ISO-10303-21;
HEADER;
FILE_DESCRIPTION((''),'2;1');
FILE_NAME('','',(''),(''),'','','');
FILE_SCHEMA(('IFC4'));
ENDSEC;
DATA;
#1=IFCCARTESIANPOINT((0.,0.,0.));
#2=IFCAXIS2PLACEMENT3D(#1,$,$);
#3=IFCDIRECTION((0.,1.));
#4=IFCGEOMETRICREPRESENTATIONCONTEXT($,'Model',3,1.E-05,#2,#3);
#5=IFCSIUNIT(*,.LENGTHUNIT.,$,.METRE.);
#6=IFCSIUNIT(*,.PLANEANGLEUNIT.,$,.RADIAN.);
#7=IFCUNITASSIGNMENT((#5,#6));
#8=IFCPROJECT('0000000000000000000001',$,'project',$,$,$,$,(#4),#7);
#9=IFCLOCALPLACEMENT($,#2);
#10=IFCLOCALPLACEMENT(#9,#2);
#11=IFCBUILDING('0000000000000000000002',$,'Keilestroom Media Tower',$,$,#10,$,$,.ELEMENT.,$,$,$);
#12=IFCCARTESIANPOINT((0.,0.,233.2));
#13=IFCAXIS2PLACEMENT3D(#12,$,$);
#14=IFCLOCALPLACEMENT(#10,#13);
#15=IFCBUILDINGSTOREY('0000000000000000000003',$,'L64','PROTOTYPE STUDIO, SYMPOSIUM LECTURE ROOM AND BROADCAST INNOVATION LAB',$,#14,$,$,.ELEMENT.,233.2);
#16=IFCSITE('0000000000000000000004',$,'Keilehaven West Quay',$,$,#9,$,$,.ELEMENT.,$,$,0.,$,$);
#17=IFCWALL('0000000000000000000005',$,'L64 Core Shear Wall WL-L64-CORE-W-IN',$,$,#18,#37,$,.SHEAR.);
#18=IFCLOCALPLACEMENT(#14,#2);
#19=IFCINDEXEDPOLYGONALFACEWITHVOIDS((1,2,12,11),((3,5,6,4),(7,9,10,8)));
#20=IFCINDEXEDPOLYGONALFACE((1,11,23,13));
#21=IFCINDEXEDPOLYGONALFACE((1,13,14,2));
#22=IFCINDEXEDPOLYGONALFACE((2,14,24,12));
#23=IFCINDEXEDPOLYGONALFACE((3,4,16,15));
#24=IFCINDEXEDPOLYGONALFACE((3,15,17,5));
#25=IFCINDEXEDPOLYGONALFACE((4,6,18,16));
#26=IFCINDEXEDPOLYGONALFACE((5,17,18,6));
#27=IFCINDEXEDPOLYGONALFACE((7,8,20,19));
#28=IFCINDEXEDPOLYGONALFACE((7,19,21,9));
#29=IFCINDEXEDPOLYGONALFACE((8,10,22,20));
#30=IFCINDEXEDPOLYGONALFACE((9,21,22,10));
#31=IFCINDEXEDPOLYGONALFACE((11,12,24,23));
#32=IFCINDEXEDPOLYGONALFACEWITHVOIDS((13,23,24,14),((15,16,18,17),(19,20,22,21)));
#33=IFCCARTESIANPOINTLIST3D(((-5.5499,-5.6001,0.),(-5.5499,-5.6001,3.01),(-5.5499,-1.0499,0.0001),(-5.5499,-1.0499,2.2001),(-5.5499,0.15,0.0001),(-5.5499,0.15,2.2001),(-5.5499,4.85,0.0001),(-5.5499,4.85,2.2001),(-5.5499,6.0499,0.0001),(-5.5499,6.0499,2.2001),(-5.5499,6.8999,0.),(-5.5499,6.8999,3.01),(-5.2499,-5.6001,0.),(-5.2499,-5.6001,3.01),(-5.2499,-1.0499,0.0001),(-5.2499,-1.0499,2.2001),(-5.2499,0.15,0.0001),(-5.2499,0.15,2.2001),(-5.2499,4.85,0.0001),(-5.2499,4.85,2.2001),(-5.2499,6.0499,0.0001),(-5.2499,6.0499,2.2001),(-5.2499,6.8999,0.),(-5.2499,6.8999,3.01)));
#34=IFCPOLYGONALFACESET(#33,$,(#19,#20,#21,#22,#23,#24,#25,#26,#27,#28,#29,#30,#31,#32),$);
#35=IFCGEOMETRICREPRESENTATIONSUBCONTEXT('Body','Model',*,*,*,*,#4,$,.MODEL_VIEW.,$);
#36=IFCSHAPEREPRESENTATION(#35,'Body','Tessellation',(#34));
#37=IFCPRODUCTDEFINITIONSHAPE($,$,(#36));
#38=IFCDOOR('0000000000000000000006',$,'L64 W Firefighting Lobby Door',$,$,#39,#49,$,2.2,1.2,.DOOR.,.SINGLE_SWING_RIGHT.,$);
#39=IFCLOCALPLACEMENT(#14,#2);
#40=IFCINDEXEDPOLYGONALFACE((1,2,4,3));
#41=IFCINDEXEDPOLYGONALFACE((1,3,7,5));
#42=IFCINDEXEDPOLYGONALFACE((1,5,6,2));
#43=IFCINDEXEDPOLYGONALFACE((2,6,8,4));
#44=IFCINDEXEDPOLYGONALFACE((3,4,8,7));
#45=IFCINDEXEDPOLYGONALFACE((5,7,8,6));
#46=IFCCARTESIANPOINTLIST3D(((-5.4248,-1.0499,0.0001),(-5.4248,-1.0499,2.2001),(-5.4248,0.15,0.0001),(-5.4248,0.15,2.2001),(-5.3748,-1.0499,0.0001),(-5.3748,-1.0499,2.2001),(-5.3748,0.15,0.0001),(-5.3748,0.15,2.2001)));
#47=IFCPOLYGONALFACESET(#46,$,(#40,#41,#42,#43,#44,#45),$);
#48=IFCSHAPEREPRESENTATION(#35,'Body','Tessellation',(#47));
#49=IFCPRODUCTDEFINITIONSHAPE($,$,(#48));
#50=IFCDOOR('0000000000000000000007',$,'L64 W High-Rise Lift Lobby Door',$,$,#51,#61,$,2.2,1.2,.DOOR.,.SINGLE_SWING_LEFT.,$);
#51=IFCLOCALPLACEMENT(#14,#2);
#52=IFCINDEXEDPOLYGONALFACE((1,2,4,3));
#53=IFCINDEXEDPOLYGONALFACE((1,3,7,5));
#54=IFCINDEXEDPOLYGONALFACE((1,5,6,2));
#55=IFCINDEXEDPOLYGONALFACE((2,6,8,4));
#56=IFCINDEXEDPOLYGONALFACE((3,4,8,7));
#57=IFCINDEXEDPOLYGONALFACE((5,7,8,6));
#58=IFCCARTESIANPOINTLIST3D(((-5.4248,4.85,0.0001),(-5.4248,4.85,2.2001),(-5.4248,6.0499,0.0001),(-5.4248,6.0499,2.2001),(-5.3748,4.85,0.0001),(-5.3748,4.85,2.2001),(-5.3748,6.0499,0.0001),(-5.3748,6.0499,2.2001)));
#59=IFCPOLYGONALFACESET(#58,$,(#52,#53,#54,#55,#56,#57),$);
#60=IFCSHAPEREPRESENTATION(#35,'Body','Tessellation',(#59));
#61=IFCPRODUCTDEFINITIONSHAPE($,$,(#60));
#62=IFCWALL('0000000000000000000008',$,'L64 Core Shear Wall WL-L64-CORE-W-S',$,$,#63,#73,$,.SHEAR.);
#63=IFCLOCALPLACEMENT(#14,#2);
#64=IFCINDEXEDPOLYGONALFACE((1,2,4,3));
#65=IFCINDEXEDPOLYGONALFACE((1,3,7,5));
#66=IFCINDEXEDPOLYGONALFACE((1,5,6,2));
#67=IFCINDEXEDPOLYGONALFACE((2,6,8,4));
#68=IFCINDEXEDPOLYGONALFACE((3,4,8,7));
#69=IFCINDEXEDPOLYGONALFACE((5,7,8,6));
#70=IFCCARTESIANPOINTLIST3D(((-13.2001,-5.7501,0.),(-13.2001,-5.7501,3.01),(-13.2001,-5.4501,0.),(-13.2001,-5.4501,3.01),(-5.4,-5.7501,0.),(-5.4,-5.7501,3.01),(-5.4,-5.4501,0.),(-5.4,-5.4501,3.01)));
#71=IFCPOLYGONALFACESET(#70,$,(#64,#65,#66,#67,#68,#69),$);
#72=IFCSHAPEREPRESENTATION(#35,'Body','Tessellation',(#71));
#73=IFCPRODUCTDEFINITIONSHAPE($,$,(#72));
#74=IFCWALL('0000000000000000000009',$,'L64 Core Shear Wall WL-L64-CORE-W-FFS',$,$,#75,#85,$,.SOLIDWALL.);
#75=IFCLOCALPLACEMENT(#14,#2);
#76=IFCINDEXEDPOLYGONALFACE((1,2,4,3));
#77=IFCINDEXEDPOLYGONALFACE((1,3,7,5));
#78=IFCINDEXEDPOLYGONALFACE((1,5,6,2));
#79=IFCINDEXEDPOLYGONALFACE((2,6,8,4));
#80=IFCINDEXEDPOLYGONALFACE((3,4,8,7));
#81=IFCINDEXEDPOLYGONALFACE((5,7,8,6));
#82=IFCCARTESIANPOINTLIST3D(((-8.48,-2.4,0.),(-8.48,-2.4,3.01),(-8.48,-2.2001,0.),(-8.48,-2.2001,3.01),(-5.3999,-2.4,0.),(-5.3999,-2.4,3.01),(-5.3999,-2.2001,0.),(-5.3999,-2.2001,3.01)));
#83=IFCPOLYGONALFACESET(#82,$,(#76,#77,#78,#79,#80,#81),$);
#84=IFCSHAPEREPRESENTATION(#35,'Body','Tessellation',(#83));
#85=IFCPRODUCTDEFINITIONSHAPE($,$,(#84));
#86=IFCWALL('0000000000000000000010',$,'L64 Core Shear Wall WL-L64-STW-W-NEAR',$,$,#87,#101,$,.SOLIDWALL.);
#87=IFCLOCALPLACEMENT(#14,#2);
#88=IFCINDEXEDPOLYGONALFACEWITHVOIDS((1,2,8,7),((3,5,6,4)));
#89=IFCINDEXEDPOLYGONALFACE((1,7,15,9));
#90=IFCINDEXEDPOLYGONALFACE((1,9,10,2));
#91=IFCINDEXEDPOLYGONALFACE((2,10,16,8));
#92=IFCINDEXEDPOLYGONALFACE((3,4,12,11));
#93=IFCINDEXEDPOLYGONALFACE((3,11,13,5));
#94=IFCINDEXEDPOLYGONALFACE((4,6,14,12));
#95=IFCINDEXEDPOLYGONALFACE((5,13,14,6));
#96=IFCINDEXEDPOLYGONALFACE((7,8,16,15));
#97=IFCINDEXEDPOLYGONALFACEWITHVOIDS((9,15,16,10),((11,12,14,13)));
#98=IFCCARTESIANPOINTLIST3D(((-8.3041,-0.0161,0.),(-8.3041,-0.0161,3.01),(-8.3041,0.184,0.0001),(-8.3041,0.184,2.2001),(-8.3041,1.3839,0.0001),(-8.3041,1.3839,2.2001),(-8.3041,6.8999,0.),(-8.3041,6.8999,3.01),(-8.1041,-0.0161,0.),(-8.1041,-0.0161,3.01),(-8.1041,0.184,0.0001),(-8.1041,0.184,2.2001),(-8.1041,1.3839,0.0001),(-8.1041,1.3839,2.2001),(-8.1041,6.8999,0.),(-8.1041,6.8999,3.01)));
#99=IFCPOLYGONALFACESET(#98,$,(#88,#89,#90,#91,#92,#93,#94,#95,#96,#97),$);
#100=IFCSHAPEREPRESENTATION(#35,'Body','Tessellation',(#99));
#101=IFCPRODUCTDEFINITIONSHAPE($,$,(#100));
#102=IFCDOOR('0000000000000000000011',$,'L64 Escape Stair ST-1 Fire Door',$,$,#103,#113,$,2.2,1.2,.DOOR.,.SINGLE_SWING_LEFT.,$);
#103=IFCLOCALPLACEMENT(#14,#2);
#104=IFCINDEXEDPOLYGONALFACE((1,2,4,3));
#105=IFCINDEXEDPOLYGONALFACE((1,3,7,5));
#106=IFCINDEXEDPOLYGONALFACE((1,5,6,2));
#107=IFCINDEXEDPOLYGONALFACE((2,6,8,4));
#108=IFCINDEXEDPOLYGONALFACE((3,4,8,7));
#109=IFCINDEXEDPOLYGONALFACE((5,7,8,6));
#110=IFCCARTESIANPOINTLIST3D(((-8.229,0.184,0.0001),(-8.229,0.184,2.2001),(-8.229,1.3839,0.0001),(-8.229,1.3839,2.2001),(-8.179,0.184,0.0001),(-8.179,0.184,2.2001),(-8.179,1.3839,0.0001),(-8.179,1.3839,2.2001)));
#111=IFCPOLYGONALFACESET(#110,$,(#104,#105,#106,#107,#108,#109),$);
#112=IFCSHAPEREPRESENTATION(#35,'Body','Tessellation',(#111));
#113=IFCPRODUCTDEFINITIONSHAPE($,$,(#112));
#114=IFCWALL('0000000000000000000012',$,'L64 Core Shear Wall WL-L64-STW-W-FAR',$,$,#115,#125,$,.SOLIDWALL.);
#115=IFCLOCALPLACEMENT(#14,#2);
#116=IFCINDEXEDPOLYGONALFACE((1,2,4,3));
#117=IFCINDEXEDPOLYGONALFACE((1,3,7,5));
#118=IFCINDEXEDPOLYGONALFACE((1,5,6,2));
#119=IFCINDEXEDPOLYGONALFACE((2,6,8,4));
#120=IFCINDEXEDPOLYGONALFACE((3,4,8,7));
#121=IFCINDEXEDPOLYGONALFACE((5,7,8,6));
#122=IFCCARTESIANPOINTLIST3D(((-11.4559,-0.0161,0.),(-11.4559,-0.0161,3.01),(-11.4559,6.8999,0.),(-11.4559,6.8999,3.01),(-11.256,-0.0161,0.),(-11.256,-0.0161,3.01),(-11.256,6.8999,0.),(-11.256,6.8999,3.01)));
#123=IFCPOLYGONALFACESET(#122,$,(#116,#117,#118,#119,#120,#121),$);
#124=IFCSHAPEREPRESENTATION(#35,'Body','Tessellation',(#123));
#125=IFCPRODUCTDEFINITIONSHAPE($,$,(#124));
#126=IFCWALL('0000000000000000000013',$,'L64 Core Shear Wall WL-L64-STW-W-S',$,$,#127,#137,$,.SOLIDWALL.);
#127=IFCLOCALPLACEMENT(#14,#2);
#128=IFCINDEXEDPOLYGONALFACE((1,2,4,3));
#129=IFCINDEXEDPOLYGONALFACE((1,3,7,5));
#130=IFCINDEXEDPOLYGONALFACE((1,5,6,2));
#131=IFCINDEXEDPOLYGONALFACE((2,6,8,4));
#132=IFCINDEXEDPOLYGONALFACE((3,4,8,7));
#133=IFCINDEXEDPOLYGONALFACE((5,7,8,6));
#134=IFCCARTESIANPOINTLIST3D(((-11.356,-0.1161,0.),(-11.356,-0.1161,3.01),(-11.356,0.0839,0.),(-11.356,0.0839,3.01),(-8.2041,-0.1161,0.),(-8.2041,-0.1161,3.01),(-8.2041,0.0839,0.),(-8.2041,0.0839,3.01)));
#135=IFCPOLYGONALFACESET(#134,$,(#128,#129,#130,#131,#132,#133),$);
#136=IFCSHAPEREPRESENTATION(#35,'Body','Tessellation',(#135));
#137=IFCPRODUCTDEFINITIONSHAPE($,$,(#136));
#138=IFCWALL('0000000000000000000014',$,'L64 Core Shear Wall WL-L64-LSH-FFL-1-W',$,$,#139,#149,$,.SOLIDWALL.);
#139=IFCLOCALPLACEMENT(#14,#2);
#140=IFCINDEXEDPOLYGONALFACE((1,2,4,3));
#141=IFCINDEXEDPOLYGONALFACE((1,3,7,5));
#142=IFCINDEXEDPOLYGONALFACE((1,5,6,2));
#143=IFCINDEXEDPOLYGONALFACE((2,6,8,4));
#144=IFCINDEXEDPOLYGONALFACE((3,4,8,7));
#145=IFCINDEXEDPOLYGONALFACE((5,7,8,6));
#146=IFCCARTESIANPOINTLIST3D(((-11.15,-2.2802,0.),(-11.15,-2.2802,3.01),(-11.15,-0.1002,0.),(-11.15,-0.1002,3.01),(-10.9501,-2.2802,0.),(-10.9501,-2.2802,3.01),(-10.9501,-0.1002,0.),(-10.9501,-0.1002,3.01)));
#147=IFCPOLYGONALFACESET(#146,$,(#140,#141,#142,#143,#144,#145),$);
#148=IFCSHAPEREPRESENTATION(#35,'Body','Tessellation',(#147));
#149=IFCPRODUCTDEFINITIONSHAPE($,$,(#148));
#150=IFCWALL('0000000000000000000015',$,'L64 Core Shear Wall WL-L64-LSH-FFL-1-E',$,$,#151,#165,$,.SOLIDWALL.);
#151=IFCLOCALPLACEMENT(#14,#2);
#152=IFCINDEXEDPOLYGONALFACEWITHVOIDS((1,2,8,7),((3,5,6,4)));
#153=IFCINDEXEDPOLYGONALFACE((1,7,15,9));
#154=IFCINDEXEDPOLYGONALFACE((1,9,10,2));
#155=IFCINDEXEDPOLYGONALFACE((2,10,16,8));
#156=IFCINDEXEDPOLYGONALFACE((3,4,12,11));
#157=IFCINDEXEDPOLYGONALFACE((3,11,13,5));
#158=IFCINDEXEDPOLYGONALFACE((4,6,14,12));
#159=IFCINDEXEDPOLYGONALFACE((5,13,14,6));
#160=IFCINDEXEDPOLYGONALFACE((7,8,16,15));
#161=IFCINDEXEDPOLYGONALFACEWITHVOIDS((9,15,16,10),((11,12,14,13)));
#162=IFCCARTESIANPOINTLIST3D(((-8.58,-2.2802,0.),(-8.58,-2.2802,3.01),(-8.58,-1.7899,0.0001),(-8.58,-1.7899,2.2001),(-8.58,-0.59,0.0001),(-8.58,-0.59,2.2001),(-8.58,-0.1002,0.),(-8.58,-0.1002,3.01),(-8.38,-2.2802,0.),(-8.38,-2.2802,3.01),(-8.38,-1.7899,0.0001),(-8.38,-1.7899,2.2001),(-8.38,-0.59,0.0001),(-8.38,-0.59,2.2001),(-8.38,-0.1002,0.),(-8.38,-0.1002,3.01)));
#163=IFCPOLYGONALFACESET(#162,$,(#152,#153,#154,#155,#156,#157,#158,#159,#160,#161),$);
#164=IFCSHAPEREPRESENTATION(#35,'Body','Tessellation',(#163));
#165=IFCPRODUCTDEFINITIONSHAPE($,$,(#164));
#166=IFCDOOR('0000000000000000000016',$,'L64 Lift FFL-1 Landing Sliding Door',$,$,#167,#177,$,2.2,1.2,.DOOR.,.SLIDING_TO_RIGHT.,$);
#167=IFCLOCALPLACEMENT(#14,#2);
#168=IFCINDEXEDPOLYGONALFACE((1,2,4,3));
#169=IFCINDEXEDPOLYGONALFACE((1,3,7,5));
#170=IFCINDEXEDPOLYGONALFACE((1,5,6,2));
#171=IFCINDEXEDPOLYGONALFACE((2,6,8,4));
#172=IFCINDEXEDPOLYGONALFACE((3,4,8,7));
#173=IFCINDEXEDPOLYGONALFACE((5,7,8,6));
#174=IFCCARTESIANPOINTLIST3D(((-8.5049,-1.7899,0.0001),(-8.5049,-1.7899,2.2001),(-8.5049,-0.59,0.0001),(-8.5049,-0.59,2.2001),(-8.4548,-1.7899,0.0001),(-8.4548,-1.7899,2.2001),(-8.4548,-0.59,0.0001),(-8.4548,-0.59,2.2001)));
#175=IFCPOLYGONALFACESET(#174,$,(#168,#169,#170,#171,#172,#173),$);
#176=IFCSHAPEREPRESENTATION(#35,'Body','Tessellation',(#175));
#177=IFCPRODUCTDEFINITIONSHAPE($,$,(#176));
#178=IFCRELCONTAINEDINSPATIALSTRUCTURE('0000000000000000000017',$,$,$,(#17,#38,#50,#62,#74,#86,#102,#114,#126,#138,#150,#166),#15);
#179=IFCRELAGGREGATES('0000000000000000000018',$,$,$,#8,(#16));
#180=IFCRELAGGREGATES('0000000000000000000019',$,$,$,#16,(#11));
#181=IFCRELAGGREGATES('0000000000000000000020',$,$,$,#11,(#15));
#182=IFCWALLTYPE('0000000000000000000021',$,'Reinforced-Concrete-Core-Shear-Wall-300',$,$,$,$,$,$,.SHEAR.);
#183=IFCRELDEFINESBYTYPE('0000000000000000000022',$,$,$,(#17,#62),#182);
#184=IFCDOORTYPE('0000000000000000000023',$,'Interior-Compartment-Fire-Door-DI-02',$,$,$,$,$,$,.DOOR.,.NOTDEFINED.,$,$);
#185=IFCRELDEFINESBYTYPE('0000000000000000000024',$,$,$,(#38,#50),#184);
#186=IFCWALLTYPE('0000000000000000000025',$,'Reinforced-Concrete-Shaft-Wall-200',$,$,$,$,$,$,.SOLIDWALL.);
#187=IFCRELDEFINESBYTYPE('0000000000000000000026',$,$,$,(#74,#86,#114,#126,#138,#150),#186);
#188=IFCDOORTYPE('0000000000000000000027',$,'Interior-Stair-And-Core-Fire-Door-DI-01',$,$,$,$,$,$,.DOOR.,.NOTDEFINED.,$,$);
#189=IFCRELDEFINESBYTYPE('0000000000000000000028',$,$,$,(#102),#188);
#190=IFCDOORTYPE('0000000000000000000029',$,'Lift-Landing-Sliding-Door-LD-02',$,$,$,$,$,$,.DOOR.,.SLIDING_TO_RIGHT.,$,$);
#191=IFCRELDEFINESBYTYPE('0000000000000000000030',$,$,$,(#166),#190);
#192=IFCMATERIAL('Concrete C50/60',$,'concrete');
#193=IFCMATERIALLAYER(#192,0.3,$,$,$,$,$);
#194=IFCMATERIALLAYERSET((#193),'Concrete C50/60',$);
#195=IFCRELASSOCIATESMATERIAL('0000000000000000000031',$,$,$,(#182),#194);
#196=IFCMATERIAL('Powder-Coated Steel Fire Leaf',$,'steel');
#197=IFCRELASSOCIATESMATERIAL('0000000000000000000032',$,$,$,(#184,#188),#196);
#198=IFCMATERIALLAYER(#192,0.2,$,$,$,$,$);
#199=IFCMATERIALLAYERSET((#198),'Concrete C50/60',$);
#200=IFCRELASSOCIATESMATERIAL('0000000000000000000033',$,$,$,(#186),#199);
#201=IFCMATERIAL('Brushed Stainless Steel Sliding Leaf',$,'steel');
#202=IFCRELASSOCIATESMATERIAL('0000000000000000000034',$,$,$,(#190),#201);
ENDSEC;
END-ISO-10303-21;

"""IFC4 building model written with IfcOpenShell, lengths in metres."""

from ifc_helpers import new_model, si_unit, direction, frame, frame_2d, origin, place, context, subcontext, project, spatial, rectangle, extrude, source, transform, mapped, material, layer, layer_set, type_object, element, fill, save


model = new_model("IFC4")

# Units and contexts
model_context = context("Model", 3, precision=1e-05, world=origin(), true_north=direction((0.0, 1.0)))
body_context = subcontext(model_context, "Body", "Model", "MODEL_VIEW")
ifc_project = project(units=[si_unit("LENGTHUNIT", "METRE"), si_unit("PLANEANGLEUNIT", "RADIAN")], contexts=[model_context])

# Site, building, storey
site_placement = place(None, origin())
site = spatial("IfcSite", under=ifc_project, at=site_placement, Name="Keilehaven West Quay", CompositionType="ELEMENT", RefElevation=0.0)
building_placement = place(site_placement, origin())
building = spatial("IfcBuilding", under=site, at=building_placement, Name="Keilestroom Media Tower", CompositionType="ELEMENT")
storey_placement = place(building_placement, frame((0.0, 0.0, 233.2)))
storey = spatial("IfcBuildingStorey", under=building, at=storey_placement, Name="L64", Description="PROTOTYPE STUDIO, SYMPOSIUM LECTURE ROOM AND BROADCAST INNOVATION LAB", CompositionType="ELEMENT", Elevation=233.2)

# Shared definitions
ifc_material_1 = material(Name="Concrete C50/60", Category="concrete")
ifc_layer_1 = layer(ifc_material_1, 0.3)
ifc_layer_set_1 = layer_set([ifc_layer_1], Name="Concrete C50/60")
wall_type_1 = type_object("IfcWallType", Name="Reinforced-Concrete-Core-Shear-Wall-300", PredefinedType="SHEAR", material=ifc_layer_set_1)

# Wall, openings, doors
wall_1_placement = place(storey_placement, frame((-5.3999, -5.6001, 0.0), z_axis=(0.0, 0.0, 1.0), x_axis=(0.0, 1.0, 0.0)))
wall_1 = element("IfcWall", 1, at=wall_1_placement, inside=storey, type_object=wall_type_1, Name="L64 Core Shear Wall WL-L64-CORE-W-IN", PredefinedType="SHEAR", context=body_context, shape_type="SweptSolid", body=[
    extrude(rectangle(XDim=12.5, YDim=0.3, at=frame_2d((6.25, 0.0))), origin(), (0.0, 0.0, 1.0), 3.01),
])
opening_1_placement = place(wall_1_placement, frame((4.55, 0.0, 0.0)))
opening_1 = element("IfcOpeningElement", 2, at=opening_1_placement, cuts=wall_1, PredefinedType="OPENING", context=body_context, shape_type="SweptSolid", body=[
    extrude(rectangle(XDim=1.2, YDim=2.2, at=frame_2d((0.6001, 1.1001))), frame((0.0, 0.1602, 0.0), z_axis=(0.0, -1.0, 0.0), x_axis=(1.0, 0.0, 0.0)), (0.0, 0.0, 1.0), 0.3201),
])
opening_2_placement = place(wall_1_placement, frame((10.45, 0.0, 0.0)))
opening_2 = element("IfcOpeningElement", 3, at=opening_2_placement, cuts=wall_1, PredefinedType="OPENING", context=body_context, shape_type="SweptSolid", body=[
    extrude(rectangle(XDim=1.2, YDim=2.2, at=frame_2d((0.6001, 1.1001))), frame((0.0, 0.1602, 0.0), z_axis=(0.0, -1.0, 0.0), x_axis=(1.0, 0.0, 0.0)), (0.0, 0.0, 1.0), 0.3201),
])
ifc_material_2 = material(Name="Powder-Coated Steel Fire Leaf", Category="steel")
door_type_1 = type_object("IfcDoorType", Name="Interior-Compartment-Fire-Door-DI-02", OperationType="NOTDEFINED", PredefinedType="DOOR", material=ifc_material_2)
shared_shape_1 = source(origin(), body_context, "Body", "SweptSolid", [
    extrude(rectangle(XDim=1.2, YDim=2.2, at=frame_2d((0.6001, 1.1001))), frame((0.0, 0.0249, 0.0), z_axis=(0.0, -1.0, 0.0), x_axis=(1.0, 0.0, 0.0)), (0.0, 0.0, 1.0), 0.05),
])
door_1_placement = place(opening_1_placement, origin())
door_1 = element("IfcDoor", 4, at=door_1_placement, inside=storey, type_object=door_type_1, Name="L64 W Firefighting Lobby Door", OperationType="SINGLE_SWING_RIGHT", OverallHeight=2.2, OverallWidth=1.2, PredefinedType="DOOR", context=body_context, shape_type="MappedRepresentation", body=[
    mapped(shared_shape_1, transform((0.0, 0.0, 0.0), x_axis=(1.0, 0.0, 0.0), y_axis=(0.0, 1.0, 0.0), z_axis=(0.0, 0.0, 1.0), scale=1.0)),
])
fill(opening_1, door_1)
door_2_placement = place(opening_2_placement, origin())
door_2 = element("IfcDoor", 5, at=door_2_placement, inside=storey, type_object=door_type_1, Name="L64 W High-Rise Lift Lobby Door", OperationType="SINGLE_SWING_LEFT", OverallHeight=2.2, OverallWidth=1.2, PredefinedType="DOOR", context=body_context, shape_type="MappedRepresentation", body=[
    mapped(shared_shape_1, transform((0.0, 0.0, 0.0), x_axis=(1.0, 0.0, 0.0), y_axis=(0.0, 1.0, 0.0), z_axis=(0.0, 0.0, 1.0), scale=1.0)),
])
fill(opening_2, door_2)

# Walls
wall_2_placement = place(storey_placement, frame((-13.2, -5.6001, 0.0), z_axis=(0.0, 0.0, 1.0), x_axis=(1.0, 0.0, 0.0)))
element("IfcWall", 6, at=wall_2_placement, inside=storey, type_object=wall_type_1, Name="L64 Core Shear Wall WL-L64-CORE-W-S", PredefinedType="SHEAR", context=body_context, shape_type="SweptSolid", body=[
    extrude(rectangle(XDim=7.8, YDim=0.3, at=frame_2d((3.8999, 0.0))), origin(), (0.0, 0.0, 1.0), 3.01),
])
ifc_layer_2 = layer(ifc_material_1, 0.2)
ifc_layer_set_2 = layer_set([ifc_layer_2], Name="Concrete C50/60")
wall_type_2 = type_object("IfcWallType", Name="Reinforced-Concrete-Shaft-Wall-200", PredefinedType="SOLIDWALL", material=ifc_layer_set_2)
wall_3_placement = place(storey_placement, frame((-8.48, -2.3, 0.0), z_axis=(0.0, 0.0, 1.0), x_axis=(1.0, 0.0, 0.0)))
element("IfcWall", 7, at=wall_3_placement, inside=storey, type_object=wall_type_2, Name="L64 Core Shear Wall WL-L64-CORE-W-FFS", PredefinedType="SOLIDWALL", context=body_context, shape_type="SweptSolid", body=[
    extrude(rectangle(XDim=3.0801, YDim=0.2, at=frame_2d((1.54, 0.0))), origin(), (0.0, 0.0, 1.0), 3.01),
])

# Wall, opening, door
wall_4_placement = place(storey_placement, frame((-8.2041, -0.0161, 0.0), z_axis=(0.0, 0.0, 1.0), x_axis=(0.0, 1.0, 0.0)))
wall_4 = element("IfcWall", 8, at=wall_4_placement, inside=storey, type_object=wall_type_2, Name="L64 Core Shear Wall WL-L64-STW-W-NEAR", PredefinedType="SOLIDWALL", context=body_context, shape_type="SweptSolid", body=[
    extrude(rectangle(XDim=6.916, YDim=0.2, at=frame_2d((3.458, 0.0))), origin(), (0.0, 0.0, 1.0), 3.01),
])
opening_3_placement = place(wall_4_placement, frame((0.2, 0.0, 0.0)))
opening_3 = element("IfcOpeningElement", 9, at=opening_3_placement, cuts=wall_4, PredefinedType="OPENING", context=body_context, shape_type="SweptSolid", body=[
    extrude(rectangle(XDim=1.2, YDim=2.2, at=frame_2d((0.6001, 1.1001))), frame((0.0, 0.1099, 0.0), z_axis=(0.0, -1.0, 0.0), x_axis=(1.0, 0.0, 0.0)), (0.0, 0.0, 1.0), 0.22),
])
door_type_2 = type_object("IfcDoorType", Name="Interior-Stair-And-Core-Fire-Door-DI-01", OperationType="NOTDEFINED", PredefinedType="DOOR", material=ifc_material_2)
door_3_placement = place(opening_3_placement, origin())
door_3 = element("IfcDoor", 10, at=door_3_placement, inside=storey, type_object=door_type_2, Name="L64 Escape Stair ST-1 Fire Door", OperationType="SINGLE_SWING_LEFT", OverallHeight=2.2, OverallWidth=1.2, PredefinedType="DOOR", context=body_context, shape_type="MappedRepresentation", body=[
    mapped(shared_shape_1, transform((0.0, 0.0, 0.0), x_axis=(1.0, 0.0, 0.0), y_axis=(0.0, 1.0, 0.0), z_axis=(0.0, 0.0, 1.0), scale=1.0)),
])
fill(opening_3, door_3)

# Walls
wall_5_placement = place(storey_placement, frame((-11.356, -0.0161, 0.0), z_axis=(0.0, 0.0, 1.0), x_axis=(0.0, 1.0, 0.0)))
element("IfcWall", 11, at=wall_5_placement, inside=storey, type_object=wall_type_2, Name="L64 Core Shear Wall WL-L64-STW-W-FAR", PredefinedType="SOLIDWALL", context=body_context, shape_type="SweptSolid", body=[
    extrude(rectangle(XDim=6.916, YDim=0.2, at=frame_2d((3.458, 0.0))), origin(), (0.0, 0.0, 1.0), 3.01),
])
wall_6_placement = place(storey_placement, frame((-11.356, -0.0161, 0.0), z_axis=(0.0, 0.0, 1.0), x_axis=(1.0, 0.0, 0.0)))
element("IfcWall", 12, at=wall_6_placement, inside=storey, type_object=wall_type_2, Name="L64 Core Shear Wall WL-L64-STW-W-S", PredefinedType="SOLIDWALL", context=body_context, shape_type="SweptSolid", body=[
    extrude(rectangle(XDim=3.1519, YDim=0.2, at=frame_2d((1.5759, 0.0))), origin(), (0.0, 0.0, 1.0), 3.01),
])
wall_7_placement = place(storey_placement, frame((-11.05, -2.28, 0.0), z_axis=(0.0, 0.0, 1.0), x_axis=(0.0, 1.0, 0.0)))
element("IfcWall", 13, at=wall_7_placement, inside=storey, type_object=wall_type_2, Name="L64 Core Shear Wall WL-L64-LSH-FFL-1-W", PredefinedType="SOLIDWALL", context=body_context, shape_type="SweptSolid", body=[
    extrude(rectangle(XDim=2.1799, YDim=0.2, at=frame_2d((1.0898, 0.0))), origin(), (0.0, 0.0, 1.0), 3.01),
])

# Wall, opening, door
wall_8_placement = place(storey_placement, frame((-8.48, -2.28, 0.0), z_axis=(0.0, 0.0, 1.0), x_axis=(0.0, 1.0, 0.0)))
wall_8 = element("IfcWall", 14, at=wall_8_placement, inside=storey, type_object=wall_type_2, Name="L64 Core Shear Wall WL-L64-LSH-FFL-1-E", PredefinedType="SOLIDWALL", context=body_context, shape_type="SweptSolid", body=[
    extrude(rectangle(XDim=2.1799, YDim=0.2, at=frame_2d((1.0898, 0.0))), origin(), (0.0, 0.0, 1.0), 3.01),
])
opening_4_placement = place(wall_8_placement, frame((0.49, 0.0, 0.0)))
opening_4 = element("IfcOpeningElement", 15, at=opening_4_placement, cuts=wall_8, PredefinedType="OPENING", context=body_context, shape_type="SweptSolid", body=[
    extrude(rectangle(XDim=1.2, YDim=2.2, at=frame_2d((0.6001, 1.1001))), frame((0.0, 0.1099, 0.0), z_axis=(0.0, -1.0, 0.0), x_axis=(1.0, 0.0, 0.0)), (0.0, 0.0, 1.0), 0.22),
])
ifc_material_3 = material(Name="Brushed Stainless Steel Sliding Leaf", Category="steel")
door_type_3 = type_object("IfcDoorType", Name="Lift-Landing-Sliding-Door-LD-02", OperationType="SLIDING_TO_RIGHT", PredefinedType="DOOR", material=ifc_material_3)
door_4_placement = place(opening_4_placement, origin())
door_4 = element("IfcDoor", 16, at=door_4_placement, inside=storey, type_object=door_type_3, Name="L64 Lift FFL-1 Landing Sliding Door", OperationType="SLIDING_TO_RIGHT", OverallHeight=2.2, OverallWidth=1.2, PredefinedType="DOOR", context=body_context, shape_type="MappedRepresentation", body=[
    mapped(shared_shape_1, transform((0.0, 0.0, 0.0), x_axis=(1.0, 0.0, 0.0), y_axis=(0.0, 1.0, 0.0), z_axis=(0.0, 0.0, 1.0), scale=1.0)),
])
fill(opening_4, door_4)

save(model, "model.ifc")
